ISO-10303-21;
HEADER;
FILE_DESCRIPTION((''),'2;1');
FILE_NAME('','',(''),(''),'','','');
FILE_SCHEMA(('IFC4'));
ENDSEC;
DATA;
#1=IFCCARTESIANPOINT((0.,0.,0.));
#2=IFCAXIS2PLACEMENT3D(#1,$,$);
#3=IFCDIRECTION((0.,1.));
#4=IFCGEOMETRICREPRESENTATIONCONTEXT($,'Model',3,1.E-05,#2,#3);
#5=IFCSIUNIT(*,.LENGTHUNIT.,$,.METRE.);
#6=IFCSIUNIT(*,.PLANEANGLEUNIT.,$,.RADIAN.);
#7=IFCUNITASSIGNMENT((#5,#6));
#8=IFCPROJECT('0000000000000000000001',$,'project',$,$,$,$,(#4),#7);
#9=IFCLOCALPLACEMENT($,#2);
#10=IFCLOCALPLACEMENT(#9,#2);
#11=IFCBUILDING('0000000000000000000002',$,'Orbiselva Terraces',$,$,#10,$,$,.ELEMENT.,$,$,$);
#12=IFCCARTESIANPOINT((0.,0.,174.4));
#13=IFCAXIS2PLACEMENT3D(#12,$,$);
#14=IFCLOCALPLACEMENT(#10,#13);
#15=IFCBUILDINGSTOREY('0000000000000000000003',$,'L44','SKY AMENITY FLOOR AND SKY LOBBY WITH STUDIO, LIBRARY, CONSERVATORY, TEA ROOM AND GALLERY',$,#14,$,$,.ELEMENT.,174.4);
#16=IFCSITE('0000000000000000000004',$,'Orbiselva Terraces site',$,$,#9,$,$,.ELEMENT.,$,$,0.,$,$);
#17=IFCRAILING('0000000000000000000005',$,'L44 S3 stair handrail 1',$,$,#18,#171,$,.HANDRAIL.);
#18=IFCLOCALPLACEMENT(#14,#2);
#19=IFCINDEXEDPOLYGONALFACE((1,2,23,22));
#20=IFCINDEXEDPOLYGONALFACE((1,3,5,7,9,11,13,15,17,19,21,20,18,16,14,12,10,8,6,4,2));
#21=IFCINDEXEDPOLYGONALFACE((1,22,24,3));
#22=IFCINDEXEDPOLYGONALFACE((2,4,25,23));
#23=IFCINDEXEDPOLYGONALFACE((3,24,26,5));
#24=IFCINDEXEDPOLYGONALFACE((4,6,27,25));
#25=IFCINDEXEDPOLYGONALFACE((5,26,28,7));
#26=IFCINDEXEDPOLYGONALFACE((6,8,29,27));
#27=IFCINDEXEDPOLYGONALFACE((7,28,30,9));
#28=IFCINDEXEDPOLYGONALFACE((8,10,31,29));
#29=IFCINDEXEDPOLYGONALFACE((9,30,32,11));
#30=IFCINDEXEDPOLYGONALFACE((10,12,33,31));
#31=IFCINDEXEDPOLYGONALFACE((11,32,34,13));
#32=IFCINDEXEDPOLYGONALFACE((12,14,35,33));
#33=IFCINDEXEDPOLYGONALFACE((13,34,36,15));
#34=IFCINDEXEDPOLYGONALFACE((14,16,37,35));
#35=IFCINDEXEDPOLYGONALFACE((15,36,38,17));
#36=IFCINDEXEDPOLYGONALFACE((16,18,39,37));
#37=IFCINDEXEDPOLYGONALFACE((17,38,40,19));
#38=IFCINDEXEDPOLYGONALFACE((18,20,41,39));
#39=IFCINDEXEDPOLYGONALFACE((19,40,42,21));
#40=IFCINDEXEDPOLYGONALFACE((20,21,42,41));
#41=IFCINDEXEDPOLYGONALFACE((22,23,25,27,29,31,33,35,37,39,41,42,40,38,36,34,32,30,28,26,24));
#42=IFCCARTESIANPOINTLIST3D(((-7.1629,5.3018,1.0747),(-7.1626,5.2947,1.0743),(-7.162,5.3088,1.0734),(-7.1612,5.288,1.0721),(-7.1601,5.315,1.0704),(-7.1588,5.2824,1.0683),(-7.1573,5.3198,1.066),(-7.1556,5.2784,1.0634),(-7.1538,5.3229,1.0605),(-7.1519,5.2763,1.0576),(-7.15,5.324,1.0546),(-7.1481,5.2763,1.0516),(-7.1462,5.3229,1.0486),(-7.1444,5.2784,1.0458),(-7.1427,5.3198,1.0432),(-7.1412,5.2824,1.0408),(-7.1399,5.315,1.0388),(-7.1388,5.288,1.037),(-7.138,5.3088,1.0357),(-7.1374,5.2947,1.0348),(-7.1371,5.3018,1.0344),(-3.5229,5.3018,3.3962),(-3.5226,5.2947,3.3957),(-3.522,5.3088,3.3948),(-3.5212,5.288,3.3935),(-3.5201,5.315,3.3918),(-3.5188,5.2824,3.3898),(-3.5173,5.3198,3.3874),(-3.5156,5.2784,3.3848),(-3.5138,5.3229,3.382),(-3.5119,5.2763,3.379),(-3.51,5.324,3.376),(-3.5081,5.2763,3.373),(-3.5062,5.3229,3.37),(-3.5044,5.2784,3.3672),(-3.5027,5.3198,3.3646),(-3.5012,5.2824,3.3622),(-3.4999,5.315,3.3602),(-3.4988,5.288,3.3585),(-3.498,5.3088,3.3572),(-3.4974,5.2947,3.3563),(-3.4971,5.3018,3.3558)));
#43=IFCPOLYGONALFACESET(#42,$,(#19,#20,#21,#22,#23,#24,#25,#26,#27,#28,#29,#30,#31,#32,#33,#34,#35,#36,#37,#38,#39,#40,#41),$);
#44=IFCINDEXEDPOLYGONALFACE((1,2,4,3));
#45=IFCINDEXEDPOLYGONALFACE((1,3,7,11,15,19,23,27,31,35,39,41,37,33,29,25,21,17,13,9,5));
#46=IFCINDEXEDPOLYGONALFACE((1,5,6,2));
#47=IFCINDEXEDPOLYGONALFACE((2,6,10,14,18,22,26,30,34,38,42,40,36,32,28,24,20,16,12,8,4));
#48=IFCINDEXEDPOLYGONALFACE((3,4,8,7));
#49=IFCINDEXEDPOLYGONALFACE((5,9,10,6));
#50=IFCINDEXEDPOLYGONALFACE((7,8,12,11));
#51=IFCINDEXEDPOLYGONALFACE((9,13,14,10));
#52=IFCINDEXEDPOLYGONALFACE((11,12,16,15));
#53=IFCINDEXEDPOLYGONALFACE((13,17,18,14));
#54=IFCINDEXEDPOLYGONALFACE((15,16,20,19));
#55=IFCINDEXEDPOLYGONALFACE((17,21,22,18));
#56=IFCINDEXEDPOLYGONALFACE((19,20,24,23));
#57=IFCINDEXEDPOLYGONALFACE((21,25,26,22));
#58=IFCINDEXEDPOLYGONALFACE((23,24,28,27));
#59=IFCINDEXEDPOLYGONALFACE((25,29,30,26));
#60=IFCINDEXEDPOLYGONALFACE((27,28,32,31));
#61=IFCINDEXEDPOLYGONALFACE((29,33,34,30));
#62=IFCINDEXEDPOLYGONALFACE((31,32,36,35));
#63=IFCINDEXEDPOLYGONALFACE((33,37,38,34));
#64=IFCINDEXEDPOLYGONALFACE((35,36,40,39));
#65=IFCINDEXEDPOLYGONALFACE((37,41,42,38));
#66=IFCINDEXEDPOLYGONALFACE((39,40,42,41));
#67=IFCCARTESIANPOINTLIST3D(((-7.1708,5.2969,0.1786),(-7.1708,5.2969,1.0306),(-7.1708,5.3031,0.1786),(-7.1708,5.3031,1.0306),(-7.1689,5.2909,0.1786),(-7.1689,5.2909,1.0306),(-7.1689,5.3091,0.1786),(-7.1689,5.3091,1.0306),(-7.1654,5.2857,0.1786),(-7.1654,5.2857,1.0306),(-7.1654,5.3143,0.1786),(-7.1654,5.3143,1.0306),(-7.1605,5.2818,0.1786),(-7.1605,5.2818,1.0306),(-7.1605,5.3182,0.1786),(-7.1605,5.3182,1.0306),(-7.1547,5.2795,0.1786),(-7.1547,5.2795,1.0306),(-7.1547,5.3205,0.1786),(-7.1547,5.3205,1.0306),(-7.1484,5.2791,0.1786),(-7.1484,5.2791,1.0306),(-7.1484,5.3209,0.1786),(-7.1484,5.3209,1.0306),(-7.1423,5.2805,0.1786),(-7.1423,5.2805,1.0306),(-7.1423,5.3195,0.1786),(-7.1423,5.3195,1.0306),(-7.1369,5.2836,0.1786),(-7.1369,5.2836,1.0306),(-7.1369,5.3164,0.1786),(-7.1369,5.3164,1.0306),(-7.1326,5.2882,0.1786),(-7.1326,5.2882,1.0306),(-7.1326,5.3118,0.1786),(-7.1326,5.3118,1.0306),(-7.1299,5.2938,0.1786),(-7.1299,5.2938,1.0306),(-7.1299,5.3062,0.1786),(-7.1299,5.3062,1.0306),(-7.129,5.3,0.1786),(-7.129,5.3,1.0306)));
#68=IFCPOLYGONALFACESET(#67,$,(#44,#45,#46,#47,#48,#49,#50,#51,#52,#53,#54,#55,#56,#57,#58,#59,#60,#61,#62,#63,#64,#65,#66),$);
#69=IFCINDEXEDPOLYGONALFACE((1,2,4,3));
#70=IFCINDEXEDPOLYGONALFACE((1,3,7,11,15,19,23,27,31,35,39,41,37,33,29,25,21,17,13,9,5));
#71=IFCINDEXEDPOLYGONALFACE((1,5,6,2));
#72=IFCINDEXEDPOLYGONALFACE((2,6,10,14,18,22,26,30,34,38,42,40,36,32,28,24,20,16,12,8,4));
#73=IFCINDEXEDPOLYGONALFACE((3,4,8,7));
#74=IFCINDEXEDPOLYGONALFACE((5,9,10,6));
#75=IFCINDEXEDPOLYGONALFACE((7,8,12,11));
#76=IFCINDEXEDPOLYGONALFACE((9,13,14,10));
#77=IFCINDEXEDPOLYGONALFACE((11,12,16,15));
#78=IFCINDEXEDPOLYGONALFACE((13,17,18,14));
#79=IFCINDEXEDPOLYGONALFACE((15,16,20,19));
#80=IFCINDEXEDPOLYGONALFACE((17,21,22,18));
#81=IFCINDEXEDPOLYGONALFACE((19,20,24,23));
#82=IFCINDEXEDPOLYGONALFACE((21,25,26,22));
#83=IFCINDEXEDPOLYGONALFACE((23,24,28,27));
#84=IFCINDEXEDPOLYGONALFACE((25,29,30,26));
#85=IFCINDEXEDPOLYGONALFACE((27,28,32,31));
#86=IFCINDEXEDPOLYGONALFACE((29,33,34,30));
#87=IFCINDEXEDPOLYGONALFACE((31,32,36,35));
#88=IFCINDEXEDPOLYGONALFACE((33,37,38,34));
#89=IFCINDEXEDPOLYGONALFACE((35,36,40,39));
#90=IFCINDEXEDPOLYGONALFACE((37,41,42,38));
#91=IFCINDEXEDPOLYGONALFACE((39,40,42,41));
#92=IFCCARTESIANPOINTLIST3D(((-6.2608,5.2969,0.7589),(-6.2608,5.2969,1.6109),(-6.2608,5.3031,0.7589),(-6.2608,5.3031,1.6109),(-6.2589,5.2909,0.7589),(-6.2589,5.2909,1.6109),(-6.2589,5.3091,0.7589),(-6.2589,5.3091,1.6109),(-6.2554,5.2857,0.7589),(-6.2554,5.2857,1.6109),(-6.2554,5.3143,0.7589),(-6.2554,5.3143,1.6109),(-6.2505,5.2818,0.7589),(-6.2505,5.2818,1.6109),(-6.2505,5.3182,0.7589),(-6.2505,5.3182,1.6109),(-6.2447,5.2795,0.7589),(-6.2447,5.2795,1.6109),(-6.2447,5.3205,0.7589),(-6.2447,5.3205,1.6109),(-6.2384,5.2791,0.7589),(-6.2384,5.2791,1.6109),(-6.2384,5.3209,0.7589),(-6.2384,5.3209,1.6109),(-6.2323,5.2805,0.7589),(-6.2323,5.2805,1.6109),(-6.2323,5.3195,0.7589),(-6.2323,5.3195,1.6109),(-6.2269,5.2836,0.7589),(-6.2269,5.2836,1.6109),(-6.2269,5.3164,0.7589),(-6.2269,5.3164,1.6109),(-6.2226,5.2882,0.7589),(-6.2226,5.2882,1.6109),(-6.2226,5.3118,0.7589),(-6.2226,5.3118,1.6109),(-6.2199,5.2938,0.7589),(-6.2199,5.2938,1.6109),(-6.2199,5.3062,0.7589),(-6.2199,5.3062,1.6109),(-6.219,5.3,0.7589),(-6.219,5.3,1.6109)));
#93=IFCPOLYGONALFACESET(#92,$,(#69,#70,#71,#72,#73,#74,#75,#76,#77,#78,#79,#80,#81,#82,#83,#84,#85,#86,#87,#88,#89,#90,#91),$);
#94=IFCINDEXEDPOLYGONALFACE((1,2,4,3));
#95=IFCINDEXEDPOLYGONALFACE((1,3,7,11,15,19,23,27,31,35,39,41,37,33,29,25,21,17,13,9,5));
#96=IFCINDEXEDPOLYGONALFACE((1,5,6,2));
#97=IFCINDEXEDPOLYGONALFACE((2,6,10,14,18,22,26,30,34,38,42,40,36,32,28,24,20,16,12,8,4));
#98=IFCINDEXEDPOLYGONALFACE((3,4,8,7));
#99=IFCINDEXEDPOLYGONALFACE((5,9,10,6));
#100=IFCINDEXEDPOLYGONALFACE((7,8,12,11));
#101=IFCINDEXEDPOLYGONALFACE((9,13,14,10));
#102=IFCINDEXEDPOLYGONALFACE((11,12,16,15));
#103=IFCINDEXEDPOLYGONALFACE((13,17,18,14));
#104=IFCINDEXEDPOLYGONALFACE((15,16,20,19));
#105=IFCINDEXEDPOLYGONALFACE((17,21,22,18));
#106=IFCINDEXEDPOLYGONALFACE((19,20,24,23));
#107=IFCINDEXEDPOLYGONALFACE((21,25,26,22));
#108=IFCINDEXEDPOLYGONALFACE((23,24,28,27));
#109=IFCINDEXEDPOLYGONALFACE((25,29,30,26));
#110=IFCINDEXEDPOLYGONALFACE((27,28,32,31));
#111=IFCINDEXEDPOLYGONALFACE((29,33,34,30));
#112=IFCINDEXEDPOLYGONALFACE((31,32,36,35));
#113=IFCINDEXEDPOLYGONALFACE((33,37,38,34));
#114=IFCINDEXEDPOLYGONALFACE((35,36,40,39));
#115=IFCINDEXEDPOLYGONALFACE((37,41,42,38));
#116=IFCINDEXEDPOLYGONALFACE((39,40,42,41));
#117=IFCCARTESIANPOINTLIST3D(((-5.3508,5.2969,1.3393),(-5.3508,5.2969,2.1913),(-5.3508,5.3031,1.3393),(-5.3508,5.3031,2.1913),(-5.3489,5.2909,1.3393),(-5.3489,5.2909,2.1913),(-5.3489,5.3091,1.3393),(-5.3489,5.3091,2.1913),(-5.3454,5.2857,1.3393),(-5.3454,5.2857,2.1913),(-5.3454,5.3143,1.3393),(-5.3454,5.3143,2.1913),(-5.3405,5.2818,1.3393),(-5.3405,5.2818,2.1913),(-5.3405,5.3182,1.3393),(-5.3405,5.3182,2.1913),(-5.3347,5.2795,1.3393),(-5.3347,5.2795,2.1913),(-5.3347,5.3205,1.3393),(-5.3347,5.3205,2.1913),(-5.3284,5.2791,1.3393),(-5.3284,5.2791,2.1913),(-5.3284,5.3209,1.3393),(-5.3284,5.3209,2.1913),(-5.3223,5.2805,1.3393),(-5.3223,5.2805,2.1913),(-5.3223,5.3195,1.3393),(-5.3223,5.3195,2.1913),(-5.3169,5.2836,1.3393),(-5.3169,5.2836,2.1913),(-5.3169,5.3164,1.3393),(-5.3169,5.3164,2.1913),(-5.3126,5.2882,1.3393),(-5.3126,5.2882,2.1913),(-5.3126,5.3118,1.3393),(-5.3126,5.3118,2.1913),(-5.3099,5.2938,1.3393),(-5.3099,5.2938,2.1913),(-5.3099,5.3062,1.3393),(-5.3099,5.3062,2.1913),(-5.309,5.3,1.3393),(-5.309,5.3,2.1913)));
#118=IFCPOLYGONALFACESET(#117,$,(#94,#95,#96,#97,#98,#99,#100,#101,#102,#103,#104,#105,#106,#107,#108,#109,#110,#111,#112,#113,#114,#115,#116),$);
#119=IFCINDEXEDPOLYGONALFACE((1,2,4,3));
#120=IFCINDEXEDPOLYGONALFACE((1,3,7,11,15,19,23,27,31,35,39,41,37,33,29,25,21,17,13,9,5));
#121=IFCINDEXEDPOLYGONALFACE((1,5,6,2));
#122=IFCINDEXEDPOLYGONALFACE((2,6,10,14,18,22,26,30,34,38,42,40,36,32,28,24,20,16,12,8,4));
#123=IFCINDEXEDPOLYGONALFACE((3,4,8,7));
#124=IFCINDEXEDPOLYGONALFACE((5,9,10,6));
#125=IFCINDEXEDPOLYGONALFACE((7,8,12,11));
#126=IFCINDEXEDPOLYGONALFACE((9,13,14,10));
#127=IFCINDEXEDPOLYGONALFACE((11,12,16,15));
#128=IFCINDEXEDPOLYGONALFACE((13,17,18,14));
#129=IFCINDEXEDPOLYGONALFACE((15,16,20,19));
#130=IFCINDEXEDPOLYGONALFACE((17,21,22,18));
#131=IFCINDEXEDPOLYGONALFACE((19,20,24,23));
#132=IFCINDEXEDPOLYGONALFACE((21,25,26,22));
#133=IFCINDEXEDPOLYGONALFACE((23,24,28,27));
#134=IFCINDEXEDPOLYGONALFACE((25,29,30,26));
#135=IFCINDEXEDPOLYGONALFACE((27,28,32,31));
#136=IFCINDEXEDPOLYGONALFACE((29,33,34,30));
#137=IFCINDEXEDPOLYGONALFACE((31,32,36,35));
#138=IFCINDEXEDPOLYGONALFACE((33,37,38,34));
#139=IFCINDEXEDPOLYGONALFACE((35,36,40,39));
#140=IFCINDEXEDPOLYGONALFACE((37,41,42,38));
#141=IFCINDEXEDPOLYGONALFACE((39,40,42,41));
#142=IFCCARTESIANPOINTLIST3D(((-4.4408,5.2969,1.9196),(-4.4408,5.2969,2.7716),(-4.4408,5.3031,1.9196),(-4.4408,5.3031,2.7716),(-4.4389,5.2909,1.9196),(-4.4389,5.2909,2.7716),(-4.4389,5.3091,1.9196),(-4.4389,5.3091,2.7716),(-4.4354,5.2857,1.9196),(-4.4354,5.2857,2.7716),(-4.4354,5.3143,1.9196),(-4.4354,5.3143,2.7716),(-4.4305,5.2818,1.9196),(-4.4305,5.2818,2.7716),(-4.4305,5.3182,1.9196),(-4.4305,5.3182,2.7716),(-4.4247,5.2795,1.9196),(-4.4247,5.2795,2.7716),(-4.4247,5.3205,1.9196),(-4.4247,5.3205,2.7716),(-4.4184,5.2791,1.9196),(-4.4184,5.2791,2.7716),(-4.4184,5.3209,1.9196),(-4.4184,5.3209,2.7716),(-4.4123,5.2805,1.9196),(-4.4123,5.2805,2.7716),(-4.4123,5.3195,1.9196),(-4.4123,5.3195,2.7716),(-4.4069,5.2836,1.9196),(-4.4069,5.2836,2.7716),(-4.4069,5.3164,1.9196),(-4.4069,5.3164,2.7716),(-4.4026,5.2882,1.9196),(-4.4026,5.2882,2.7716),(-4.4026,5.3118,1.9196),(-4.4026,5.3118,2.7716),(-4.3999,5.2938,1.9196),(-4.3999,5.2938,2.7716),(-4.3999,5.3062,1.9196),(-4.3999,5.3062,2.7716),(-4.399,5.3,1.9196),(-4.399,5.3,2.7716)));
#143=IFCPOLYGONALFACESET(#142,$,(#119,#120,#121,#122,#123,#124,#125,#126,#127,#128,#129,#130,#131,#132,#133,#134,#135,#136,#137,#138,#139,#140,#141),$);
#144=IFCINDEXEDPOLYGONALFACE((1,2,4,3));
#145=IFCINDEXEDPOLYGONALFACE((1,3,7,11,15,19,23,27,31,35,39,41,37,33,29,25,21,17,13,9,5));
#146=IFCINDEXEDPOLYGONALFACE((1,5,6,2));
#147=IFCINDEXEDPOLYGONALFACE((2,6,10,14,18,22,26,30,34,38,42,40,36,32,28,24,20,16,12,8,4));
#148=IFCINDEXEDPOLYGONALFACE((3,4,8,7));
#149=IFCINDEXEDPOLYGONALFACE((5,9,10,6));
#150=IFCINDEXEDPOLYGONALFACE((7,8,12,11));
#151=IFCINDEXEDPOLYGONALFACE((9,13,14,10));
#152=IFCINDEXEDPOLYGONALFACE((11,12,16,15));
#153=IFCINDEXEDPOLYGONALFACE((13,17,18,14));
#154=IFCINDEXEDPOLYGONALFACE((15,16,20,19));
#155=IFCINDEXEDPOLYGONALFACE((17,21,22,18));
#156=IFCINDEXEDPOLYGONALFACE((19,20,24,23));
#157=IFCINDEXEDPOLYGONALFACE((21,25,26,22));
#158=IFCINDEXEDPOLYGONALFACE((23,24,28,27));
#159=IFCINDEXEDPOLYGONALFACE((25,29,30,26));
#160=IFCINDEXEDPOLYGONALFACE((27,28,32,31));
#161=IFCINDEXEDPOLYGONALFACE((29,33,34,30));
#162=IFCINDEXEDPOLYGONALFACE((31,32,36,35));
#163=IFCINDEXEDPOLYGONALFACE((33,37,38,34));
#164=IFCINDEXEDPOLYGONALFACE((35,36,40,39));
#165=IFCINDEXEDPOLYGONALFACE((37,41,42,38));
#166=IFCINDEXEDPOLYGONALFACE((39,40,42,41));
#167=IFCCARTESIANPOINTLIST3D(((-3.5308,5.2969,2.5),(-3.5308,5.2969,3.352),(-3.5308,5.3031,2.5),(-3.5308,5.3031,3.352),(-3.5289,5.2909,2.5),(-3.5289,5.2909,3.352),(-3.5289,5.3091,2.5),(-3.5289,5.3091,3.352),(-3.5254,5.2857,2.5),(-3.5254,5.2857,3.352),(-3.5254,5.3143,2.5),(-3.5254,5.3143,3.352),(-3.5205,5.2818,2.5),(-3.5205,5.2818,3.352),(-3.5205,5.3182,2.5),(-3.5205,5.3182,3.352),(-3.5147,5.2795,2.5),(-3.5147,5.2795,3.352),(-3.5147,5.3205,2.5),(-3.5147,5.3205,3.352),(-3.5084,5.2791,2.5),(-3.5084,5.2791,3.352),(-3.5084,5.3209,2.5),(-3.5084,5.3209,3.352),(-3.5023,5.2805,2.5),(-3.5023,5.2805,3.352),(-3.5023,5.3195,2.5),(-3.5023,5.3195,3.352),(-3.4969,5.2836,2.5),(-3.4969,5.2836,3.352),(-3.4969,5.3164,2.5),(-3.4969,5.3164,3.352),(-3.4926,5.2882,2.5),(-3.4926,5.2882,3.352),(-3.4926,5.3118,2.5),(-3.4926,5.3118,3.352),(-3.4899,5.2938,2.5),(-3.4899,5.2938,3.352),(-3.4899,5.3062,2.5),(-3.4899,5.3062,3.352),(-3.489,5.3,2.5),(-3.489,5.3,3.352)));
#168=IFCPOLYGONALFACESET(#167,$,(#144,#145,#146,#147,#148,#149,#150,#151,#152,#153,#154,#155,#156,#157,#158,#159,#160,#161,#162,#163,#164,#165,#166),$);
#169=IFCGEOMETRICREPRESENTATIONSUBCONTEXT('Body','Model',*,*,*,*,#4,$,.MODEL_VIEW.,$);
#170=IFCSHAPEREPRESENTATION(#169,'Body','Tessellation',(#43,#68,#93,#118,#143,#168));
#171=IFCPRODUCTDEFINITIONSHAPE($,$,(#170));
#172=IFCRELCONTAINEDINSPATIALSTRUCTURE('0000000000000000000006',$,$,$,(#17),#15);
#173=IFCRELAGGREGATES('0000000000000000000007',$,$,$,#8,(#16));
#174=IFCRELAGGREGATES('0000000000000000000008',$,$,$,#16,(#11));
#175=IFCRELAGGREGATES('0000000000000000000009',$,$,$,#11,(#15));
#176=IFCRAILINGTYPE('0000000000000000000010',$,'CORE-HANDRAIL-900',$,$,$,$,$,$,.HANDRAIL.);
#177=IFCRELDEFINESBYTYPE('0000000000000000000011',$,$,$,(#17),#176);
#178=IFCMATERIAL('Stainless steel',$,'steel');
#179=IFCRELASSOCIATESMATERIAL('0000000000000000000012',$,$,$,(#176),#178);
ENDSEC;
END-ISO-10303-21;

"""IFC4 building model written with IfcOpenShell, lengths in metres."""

from ifc_helpers import new_model, si_unit, direction, frame, origin, origin_2d, place, context, subcontext, project, spatial, circle, extrude, material, type_object, element, save


model = new_model("IFC4")

# Units and contexts
model_context = context("Model", 3, precision=1e-05, world=origin(), true_north=direction((0.0, 1.0)))
body_context = subcontext(model_context, "Body", "Model", "MODEL_VIEW")
ifc_project = project(units=[si_unit("LENGTHUNIT", "METRE"), si_unit("PLANEANGLEUNIT", "RADIAN")], contexts=[model_context])

# Site, building, storey
site_placement = place(None, origin())
site = spatial("IfcSite", under=ifc_project, at=site_placement, Name="Orbiselva Terraces site", CompositionType="ELEMENT", RefElevation=0.0)
building_placement = place(site_placement, origin())
building = spatial("IfcBuilding", under=site, at=building_placement, Name="Orbiselva Terraces", CompositionType="ELEMENT")
storey_placement = place(building_placement, frame((0.0, 0.0, 174.4)))
storey = spatial("IfcBuildingStorey", under=building, at=storey_placement, Name="L44", Description="SKY AMENITY FLOOR AND SKY LOBBY WITH STUDIO, LIBRARY, CONSERVATORY, TEA ROOM AND GALLERY", CompositionType="ELEMENT", Elevation=174.4)

# Railing
ifc_material_1 = material(Name="Stainless steel", Category="steel")
railing_type_1 = type_object("IfcRailingType", Name="CORE-HANDRAIL-900", PredefinedType="HANDRAIL", material=ifc_material_1)
railing_1_placement = place(storey_placement, frame((-7.15, 5.3, 0.1786)))
element("IfcRailing", 1, at=railing_1_placement, inside=storey, type_object=railing_type_1, Name="L44 S3 stair handrail 1", PredefinedType="HANDRAIL", context=body_context, shape_type="SweptSolid", body=[
    extrude(circle(Radius=0.024, at=origin_2d()), frame((0.0, 0.0, 0.876), z_axis=(0.84313, 0.0, 0.53771), x_axis=(0.0, 1.0, 0.0)), (0.0, 0.0, 1.0), 4.3172),
    extrude(circle(Radius=0.021, at=origin_2d()), origin(), (0.0, 0.0, 1.0), 0.852),
    extrude(circle(Radius=0.021, at=origin_2d()), frame((0.91, 0.0, 0.5804)), (0.0, 0.0, 1.0), 0.852),
    extrude(circle(Radius=0.021, at=origin_2d()), frame((1.82, 0.0, 1.1607)), (0.0, 0.0, 1.0), 0.852),
    extrude(circle(Radius=0.021, at=origin_2d()), frame((2.73, 0.0, 1.7411)), (0.0, 0.0, 1.0), 0.852),
    extrude(circle(Radius=0.021, at=origin_2d()), frame((3.64, 0.0, 2.3214)), (0.0, 0.0, 1.0), 0.852),
])

save(model, "model.ifc")
